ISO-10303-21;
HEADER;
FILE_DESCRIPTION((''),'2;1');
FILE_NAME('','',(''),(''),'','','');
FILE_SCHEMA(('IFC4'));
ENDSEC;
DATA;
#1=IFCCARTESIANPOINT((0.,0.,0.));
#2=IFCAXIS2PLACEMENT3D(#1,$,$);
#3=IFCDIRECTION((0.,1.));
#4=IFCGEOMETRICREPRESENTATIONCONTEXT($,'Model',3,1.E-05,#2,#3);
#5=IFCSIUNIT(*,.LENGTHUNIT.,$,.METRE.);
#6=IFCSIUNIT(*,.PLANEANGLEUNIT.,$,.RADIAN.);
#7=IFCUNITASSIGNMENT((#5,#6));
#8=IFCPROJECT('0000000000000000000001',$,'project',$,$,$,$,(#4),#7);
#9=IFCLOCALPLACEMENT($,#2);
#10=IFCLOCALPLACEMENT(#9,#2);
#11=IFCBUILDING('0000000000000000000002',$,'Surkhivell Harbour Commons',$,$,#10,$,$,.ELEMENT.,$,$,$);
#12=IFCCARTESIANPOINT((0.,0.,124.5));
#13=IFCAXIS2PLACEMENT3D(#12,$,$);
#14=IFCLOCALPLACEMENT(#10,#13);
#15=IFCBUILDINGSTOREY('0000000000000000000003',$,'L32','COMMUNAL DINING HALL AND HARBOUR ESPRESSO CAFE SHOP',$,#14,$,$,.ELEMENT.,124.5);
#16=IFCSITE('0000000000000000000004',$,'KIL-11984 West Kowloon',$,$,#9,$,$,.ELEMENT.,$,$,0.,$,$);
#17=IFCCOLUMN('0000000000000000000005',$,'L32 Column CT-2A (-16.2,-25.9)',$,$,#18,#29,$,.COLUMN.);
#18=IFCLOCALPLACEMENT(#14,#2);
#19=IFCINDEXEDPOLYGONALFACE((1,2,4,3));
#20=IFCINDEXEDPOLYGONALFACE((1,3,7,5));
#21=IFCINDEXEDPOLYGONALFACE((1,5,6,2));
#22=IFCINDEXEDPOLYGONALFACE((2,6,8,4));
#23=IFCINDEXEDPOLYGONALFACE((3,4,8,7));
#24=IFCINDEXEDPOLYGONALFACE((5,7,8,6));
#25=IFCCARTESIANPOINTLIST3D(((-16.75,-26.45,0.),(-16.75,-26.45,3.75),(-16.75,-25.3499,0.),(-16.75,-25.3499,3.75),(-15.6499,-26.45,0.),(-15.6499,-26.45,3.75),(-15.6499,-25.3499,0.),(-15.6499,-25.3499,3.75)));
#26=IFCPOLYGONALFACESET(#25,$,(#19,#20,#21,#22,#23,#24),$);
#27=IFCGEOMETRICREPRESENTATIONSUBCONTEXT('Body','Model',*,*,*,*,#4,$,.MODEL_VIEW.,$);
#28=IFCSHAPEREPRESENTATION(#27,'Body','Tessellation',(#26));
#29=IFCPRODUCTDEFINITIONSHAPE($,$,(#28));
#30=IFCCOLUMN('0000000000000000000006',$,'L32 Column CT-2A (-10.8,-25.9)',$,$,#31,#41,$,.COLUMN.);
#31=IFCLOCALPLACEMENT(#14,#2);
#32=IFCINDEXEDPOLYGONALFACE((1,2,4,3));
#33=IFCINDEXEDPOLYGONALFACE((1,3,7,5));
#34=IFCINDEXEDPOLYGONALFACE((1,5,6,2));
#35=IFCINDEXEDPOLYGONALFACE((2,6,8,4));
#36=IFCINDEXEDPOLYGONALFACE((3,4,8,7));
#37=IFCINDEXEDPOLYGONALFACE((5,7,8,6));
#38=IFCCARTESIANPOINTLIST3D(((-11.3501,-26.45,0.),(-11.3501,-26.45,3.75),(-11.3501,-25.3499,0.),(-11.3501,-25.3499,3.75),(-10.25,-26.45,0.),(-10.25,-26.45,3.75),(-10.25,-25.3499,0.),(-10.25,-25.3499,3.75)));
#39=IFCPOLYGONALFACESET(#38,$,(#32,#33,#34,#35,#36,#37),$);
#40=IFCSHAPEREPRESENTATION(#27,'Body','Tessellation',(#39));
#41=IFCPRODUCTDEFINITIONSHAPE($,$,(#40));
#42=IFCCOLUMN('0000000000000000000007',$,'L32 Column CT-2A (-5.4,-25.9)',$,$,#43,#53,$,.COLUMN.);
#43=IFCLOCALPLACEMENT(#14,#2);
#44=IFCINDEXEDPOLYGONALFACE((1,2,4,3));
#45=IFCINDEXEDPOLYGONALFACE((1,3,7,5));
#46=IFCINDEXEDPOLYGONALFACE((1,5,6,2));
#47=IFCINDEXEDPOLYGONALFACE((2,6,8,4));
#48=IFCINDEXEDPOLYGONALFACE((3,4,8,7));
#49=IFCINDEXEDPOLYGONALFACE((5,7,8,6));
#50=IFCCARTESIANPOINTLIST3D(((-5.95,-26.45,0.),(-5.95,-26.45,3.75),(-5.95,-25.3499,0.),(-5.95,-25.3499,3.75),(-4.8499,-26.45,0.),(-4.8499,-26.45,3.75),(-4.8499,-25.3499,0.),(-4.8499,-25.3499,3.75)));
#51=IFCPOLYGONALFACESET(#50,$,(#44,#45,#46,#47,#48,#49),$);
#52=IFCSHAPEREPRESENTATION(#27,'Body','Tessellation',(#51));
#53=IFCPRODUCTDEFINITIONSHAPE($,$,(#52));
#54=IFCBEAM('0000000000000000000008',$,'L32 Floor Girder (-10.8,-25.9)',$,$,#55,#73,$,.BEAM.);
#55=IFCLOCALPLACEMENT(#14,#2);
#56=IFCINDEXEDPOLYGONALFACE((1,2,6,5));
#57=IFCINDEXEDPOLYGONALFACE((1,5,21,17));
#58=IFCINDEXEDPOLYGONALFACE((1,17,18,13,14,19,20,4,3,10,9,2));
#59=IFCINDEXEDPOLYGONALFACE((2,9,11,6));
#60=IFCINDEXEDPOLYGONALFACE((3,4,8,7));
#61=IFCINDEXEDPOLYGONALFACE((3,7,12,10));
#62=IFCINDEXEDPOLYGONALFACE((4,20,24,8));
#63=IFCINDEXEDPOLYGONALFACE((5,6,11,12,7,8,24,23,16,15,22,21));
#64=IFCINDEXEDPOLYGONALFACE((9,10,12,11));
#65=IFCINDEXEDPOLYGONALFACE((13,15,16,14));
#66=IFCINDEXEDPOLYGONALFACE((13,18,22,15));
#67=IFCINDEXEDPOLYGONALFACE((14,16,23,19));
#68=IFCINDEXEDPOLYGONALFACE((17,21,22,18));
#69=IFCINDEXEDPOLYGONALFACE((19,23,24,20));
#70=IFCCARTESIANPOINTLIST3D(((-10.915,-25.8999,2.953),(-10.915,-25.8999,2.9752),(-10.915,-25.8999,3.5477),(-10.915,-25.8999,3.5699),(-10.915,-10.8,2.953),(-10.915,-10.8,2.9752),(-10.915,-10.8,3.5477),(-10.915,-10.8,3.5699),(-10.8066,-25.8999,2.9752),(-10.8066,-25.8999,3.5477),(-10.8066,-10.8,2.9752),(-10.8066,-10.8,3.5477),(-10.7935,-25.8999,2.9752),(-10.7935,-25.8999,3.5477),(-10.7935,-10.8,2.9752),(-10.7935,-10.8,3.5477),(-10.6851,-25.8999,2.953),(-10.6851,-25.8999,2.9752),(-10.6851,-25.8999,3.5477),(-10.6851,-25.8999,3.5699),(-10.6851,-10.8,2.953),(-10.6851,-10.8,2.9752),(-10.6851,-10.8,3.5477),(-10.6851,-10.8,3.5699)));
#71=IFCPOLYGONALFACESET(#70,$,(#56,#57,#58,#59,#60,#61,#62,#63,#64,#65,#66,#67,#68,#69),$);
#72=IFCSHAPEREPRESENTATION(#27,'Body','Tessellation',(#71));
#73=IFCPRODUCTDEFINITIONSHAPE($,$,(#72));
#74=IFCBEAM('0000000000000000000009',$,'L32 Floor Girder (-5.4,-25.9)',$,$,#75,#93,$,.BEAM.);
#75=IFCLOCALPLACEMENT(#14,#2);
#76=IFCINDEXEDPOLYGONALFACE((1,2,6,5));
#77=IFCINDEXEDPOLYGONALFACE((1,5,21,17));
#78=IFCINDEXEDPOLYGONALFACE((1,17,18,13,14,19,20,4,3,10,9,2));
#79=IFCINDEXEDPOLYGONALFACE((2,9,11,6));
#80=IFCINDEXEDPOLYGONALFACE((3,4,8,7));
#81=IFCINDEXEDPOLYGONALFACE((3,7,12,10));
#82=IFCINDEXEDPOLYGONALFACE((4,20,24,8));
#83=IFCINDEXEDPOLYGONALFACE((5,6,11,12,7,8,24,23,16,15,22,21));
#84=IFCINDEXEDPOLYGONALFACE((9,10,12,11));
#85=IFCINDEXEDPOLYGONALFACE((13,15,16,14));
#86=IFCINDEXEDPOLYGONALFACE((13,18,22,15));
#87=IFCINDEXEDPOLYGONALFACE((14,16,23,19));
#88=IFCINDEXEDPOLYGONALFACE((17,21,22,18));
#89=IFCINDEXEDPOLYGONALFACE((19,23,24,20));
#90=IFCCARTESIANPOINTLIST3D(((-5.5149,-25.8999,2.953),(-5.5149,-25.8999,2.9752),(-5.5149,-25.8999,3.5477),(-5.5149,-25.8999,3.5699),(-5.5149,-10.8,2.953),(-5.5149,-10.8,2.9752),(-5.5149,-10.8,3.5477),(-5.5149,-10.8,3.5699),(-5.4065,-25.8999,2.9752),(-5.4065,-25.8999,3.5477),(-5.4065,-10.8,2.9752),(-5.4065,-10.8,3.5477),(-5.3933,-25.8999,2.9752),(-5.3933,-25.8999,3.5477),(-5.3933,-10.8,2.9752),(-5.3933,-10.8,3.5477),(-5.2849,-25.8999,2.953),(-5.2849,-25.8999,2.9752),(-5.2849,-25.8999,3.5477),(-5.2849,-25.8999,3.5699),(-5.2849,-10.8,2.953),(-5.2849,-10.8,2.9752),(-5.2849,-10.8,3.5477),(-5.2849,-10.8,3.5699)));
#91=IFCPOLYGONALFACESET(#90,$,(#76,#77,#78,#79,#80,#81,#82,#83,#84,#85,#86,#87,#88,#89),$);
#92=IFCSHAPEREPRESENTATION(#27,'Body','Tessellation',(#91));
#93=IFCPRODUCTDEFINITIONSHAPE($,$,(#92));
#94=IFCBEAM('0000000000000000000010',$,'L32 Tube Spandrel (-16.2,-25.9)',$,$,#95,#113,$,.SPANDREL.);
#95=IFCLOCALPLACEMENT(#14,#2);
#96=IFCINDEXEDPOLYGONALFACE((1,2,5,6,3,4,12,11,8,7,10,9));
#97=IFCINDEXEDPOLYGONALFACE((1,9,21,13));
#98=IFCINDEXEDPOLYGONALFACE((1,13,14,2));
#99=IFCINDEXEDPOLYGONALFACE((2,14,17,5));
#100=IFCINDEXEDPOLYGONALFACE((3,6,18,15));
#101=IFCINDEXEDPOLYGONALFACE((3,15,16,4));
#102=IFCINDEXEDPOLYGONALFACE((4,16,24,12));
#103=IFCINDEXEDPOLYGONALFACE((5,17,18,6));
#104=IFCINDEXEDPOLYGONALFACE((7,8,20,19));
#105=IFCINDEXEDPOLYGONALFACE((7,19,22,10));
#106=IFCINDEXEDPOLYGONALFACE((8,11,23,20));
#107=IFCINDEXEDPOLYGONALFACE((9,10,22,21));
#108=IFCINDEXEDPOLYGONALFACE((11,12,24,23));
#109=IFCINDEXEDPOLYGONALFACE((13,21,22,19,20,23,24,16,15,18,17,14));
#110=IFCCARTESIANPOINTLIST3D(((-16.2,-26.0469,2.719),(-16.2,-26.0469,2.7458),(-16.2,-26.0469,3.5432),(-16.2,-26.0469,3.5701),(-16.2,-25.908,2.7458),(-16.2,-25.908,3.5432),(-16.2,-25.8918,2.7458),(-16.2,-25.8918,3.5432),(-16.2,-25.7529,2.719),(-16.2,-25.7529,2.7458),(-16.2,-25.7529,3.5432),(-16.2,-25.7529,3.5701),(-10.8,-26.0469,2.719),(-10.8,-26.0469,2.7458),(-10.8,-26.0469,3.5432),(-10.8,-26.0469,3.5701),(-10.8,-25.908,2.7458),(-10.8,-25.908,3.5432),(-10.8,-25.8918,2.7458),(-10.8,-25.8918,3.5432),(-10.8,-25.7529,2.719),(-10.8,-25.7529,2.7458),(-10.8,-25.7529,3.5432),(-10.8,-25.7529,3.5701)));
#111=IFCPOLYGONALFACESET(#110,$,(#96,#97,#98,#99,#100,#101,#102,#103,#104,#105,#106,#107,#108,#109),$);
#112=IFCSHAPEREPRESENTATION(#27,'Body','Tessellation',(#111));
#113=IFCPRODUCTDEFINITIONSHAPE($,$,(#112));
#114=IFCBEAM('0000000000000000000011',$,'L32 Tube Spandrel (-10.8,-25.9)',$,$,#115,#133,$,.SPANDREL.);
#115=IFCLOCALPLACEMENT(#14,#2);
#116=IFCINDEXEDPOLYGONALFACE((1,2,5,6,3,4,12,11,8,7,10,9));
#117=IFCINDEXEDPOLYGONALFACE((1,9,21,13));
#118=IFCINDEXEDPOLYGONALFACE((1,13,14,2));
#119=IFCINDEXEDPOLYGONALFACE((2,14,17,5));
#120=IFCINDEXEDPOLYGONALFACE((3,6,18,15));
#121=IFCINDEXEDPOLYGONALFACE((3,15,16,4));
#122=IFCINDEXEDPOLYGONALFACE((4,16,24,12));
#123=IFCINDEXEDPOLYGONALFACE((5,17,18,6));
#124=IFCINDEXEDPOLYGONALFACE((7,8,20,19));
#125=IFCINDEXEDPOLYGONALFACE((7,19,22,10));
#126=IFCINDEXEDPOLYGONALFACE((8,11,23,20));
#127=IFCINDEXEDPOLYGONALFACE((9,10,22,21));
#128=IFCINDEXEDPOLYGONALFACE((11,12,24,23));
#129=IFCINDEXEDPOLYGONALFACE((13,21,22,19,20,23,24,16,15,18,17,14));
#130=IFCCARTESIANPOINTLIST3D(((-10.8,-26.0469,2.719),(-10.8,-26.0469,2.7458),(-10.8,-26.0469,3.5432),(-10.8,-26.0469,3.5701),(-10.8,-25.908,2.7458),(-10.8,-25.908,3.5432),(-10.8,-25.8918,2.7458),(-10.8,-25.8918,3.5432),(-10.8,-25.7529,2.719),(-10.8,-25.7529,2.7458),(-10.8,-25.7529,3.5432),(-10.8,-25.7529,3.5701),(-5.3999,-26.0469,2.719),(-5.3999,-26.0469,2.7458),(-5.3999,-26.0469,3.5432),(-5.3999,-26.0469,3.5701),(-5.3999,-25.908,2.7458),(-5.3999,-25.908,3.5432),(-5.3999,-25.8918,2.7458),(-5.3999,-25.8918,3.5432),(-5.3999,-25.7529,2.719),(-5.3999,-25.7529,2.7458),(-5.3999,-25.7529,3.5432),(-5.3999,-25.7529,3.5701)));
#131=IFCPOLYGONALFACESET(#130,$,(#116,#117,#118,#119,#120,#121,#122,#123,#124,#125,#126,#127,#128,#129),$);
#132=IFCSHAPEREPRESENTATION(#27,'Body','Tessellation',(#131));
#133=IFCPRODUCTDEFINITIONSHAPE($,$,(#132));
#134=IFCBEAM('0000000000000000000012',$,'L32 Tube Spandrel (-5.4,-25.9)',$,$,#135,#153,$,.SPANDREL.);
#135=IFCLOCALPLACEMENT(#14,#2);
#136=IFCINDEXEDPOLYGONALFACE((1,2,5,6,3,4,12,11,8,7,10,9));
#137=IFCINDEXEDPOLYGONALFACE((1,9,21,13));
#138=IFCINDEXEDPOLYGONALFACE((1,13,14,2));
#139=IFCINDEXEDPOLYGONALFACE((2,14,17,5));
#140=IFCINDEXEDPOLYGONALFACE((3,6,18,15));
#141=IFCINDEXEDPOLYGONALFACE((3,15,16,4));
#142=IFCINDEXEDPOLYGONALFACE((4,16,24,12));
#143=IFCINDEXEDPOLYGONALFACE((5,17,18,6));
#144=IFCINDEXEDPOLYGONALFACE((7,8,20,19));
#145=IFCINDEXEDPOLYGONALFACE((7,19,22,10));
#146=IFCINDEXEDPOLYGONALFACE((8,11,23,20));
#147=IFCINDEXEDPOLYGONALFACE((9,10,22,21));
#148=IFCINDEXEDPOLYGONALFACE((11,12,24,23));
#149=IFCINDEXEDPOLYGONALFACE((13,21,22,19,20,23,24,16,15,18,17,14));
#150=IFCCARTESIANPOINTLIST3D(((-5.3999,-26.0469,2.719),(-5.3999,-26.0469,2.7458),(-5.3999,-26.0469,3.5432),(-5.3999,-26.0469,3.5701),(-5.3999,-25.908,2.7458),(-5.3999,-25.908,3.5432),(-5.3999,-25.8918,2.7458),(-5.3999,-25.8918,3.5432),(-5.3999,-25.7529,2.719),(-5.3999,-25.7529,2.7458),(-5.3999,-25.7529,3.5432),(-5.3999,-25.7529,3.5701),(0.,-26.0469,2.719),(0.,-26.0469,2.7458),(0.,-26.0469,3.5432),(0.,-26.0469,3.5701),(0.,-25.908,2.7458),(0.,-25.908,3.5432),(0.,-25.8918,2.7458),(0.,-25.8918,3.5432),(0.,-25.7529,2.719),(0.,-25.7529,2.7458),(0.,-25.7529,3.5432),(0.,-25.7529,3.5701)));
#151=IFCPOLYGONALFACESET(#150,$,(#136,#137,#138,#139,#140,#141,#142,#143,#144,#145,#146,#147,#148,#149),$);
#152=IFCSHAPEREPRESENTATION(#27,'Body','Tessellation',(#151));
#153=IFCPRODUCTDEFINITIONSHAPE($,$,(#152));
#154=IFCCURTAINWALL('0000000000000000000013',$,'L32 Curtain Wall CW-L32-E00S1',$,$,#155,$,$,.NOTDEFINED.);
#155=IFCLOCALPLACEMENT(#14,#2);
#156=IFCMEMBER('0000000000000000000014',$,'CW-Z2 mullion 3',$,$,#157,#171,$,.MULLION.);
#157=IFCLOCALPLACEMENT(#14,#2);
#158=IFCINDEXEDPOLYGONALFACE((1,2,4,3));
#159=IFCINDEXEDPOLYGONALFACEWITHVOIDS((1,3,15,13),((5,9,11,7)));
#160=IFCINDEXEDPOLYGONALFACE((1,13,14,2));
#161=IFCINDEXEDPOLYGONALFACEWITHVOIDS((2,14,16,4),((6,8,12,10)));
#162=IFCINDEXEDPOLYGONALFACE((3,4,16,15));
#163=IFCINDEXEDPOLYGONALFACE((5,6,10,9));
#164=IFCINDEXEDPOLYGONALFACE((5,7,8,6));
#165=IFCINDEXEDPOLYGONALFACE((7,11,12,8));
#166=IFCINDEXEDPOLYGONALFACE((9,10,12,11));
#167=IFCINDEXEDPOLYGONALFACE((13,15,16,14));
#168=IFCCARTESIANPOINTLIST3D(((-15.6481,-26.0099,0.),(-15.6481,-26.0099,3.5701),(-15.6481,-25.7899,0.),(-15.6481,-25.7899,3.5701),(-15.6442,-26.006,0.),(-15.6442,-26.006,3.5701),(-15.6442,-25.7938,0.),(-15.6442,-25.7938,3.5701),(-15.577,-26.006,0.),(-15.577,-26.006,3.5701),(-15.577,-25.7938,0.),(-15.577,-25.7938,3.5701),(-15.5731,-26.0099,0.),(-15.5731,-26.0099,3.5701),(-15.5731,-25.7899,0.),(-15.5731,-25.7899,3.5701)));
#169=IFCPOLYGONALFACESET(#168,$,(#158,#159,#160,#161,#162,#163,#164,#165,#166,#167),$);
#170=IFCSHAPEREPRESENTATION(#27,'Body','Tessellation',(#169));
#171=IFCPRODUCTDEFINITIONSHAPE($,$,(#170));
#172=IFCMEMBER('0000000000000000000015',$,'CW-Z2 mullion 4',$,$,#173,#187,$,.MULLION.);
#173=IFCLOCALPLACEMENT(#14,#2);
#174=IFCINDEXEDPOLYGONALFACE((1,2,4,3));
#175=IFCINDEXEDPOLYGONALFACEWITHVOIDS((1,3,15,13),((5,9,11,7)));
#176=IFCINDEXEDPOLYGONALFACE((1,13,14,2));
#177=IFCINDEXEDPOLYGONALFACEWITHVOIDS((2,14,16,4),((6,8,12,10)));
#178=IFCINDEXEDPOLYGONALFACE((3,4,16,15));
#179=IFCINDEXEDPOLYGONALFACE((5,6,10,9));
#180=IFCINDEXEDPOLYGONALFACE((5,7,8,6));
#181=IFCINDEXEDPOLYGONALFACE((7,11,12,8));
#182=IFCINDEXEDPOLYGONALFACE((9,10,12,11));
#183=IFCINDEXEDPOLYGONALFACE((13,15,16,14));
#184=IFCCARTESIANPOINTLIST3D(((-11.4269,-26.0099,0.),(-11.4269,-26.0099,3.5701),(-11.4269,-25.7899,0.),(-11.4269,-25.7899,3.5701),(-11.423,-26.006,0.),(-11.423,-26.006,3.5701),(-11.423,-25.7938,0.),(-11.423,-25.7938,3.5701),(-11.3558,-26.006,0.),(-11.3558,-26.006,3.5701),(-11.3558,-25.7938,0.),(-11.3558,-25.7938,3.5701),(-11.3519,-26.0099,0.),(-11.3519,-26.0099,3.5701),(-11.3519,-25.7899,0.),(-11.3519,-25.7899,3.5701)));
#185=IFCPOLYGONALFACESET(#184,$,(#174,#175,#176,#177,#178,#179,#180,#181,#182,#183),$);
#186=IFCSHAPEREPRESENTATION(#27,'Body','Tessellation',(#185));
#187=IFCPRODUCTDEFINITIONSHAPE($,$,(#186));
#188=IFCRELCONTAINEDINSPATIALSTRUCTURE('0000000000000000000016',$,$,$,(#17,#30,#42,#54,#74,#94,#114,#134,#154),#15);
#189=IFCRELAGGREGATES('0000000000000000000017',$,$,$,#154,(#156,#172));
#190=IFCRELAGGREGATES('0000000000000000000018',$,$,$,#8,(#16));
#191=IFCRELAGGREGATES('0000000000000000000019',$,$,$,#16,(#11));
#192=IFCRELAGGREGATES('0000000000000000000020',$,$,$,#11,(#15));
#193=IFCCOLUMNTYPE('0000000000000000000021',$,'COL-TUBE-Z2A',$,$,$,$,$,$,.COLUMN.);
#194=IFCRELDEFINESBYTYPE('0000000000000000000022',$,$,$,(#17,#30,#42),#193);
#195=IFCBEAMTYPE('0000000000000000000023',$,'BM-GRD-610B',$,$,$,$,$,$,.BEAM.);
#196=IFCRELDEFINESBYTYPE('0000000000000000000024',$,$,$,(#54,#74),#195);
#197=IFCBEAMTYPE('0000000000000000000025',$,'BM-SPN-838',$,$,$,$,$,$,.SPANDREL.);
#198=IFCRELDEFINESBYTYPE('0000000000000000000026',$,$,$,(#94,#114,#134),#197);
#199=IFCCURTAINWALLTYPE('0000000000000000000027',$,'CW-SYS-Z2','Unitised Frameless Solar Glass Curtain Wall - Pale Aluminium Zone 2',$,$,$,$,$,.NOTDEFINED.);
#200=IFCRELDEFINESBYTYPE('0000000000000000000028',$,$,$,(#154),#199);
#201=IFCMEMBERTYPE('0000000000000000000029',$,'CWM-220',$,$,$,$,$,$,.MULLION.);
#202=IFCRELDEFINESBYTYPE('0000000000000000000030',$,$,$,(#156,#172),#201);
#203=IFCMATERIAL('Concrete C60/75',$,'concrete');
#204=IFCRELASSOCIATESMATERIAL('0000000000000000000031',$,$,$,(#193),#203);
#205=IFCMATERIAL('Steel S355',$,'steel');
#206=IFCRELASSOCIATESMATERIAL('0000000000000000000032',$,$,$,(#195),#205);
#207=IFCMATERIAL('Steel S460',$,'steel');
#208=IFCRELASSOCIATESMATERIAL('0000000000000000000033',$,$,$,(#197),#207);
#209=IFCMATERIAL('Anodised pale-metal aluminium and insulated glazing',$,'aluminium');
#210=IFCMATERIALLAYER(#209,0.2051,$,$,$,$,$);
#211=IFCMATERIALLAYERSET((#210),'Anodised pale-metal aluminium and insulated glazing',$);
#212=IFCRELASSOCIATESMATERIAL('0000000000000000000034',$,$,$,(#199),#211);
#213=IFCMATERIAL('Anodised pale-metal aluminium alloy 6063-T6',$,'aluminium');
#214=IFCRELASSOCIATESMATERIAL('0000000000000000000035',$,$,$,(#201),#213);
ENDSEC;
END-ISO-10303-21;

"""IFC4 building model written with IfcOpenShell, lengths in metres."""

from ifc_helpers import new_model, si_unit, direction, frame, origin, origin_2d, place, context, subcontext, project, spatial, rectangle, hollow_rectangle, i_section, extrude, material, layer, layer_set, material_profile, profile_set, type_object, element, aggregate, save


model = new_model("IFC4")

# Units and contexts
model_context = context("Model", 3, precision=1e-05, world=origin(), true_north=direction((0.0, 1.0)))
body_context = subcontext(model_context, "Body", "Model", "MODEL_VIEW")
ifc_project = project(units=[si_unit("LENGTHUNIT", "METRE"), si_unit("PLANEANGLEUNIT", "RADIAN")], contexts=[model_context])

# Site, building, storey
site_placement = place(None, origin())
site = spatial("IfcSite", under=ifc_project, at=site_placement, Name="KIL-11984 West Kowloon", CompositionType="ELEMENT", RefElevation=0.0)
building_placement = place(site_placement, origin())
building = spatial("IfcBuilding", under=site, at=building_placement, Name="Surkhivell Harbour Commons", CompositionType="ELEMENT")
storey_placement = place(building_placement, frame((0.0, 0.0, 124.5)))
storey = spatial("IfcBuildingStorey", under=building, at=storey_placement, Name="L32", Description="COMMUNAL DINING HALL AND HARBOUR ESPRESSO CAFE SHOP", CompositionType="ELEMENT", Elevation=124.5)

# Columns
ifc_material_1 = material(Name="Concrete C60/75", Category="concrete")
ifc_material_profile_1 = material_profile(ifc_material_1, rectangle(XDim=1.1001, YDim=1.1001, at=origin_2d()), Name="RC-COL-1100x1100")
ifc_profile_set_1 = profile_set([ifc_material_profile_1], Name="Concrete C60/75")
column_type = type_object("IfcColumnType", Name="COL-TUBE-Z2A", PredefinedType="COLUMN", material=ifc_profile_set_1)
for number, where, z_axis, x_axis, name in (
    (1, (-16.2, -25.8999, 0.0), (0.0, 0.0, 1.0), (1.0, 0.0, 0.0), "L32 Column CT-2A (-16.2,-25.9)"),
    (2, (-10.8, -25.8999, 0.0), (0.0, 0.0, 1.0), (1.0, 0.0, 0.0), "L32 Column CT-2A (-10.8,-25.9)"),
    (3, (-5.3999, -25.8999, 0.0), (0.0, 0.0, 1.0), (1.0, 0.0, 0.0), "L32 Column CT-2A (-5.4,-25.9)"),
):
    element("IfcColumn", number, at=place(storey_placement, frame(where, z_axis=z_axis, x_axis=x_axis)), inside=storey, type_object=column_type, Name=name, PredefinedType="COLUMN", context=body_context, shape_type="SweptSolid", body=[
        extrude(rectangle(XDim=1.1001, YDim=1.1001, at=origin_2d()), origin(), (0.0, 0.0, 1.0), 3.75),
    ])

# Beams
ifc_material_2 = material(Name="Steel S355", Category="steel")
ifc_material_profile_2 = material_profile(ifc_material_2, i_section(OverallWidth=0.23, OverallDepth=0.6169, WebThickness=0.0132, FlangeThickness=0.0222, at=origin_2d()), Name="UB610x229x140")
ifc_profile_set_2 = profile_set([ifc_material_profile_2], Name="Steel S355")
beam_type_1 = type_object("IfcBeamType", Name="BM-GRD-610B", PredefinedType="BEAM", material=ifc_profile_set_2)
for number, where, z_axis, x_axis, name in (
    (4, (-10.8, -25.8999, 3.2615), (0.0, 1.0, 0.0), (-1.0, 0.0, 0.0), "L32 Floor Girder (-10.8,-25.9)"),
    (5, (-5.3999, -25.8999, 3.2615), (0.0, 1.0, 0.0), (-1.0, 0.0, 0.0), "L32 Floor Girder (-5.4,-25.9)"),
):
    element("IfcBeam", number, at=place(storey_placement, frame(where, z_axis=z_axis, x_axis=x_axis)), inside=storey, type_object=beam_type_1, Name=name, PredefinedType="BEAM", context=body_context, shape_type="SweptSolid", body=[
        extrude(i_section(OverallWidth=0.23, OverallDepth=0.6169, WebThickness=0.0132, FlangeThickness=0.0222, at=origin_2d()), origin(), (0.0, 0.0, 1.0), 15.0999),
    ])
ifc_material_3 = material(Name="Steel S460", Category="steel")
ifc_material_profile_3 = material_profile(ifc_material_3, i_section(OverallWidth=0.2939, OverallDepth=0.8511, WebThickness=0.0161, FlangeThickness=0.0269, at=origin_2d()), Name="UB838x292x226")
ifc_profile_set_3 = profile_set([ifc_material_profile_3], Name="Steel S460")
beam_type_2 = type_object("IfcBeamType", Name="BM-SPN-838", PredefinedType="SPANDREL", material=ifc_profile_set_3)
beam_1_placement = place(storey_placement, frame((-16.2, -25.8999, 3.1445), z_axis=(1.0, 0.0, 0.0), x_axis=(0.0, 1.0, 0.0)))
element("IfcBeam", 6, at=beam_1_placement, inside=storey, type_object=beam_type_2, Name="L32 Tube Spandrel (-16.2,-25.9)", PredefinedType="SPANDREL", context=body_context, shape_type="SweptSolid", body=[
    extrude(i_section(OverallWidth=0.2939, OverallDepth=0.8511, WebThickness=0.0161, FlangeThickness=0.0269, at=origin_2d()), origin(), (0.0, 0.0, 1.0), 5.3999),
])
beam_2_placement = place(storey_placement, frame((-10.8, -25.8999, 3.1445), z_axis=(1.0, 0.0, 0.0), x_axis=(0.0, 1.0, 0.0)))
element("IfcBeam", 7, at=beam_2_placement, inside=storey, type_object=beam_type_2, Name="L32 Tube Spandrel (-10.8,-25.9)", PredefinedType="SPANDREL", context=body_context, shape_type="SweptSolid", body=[
    extrude(i_section(OverallWidth=0.2939, OverallDepth=0.8511, WebThickness=0.0161, FlangeThickness=0.0269, at=origin_2d()), origin(), (0.0, 0.0, 1.0), 5.4001),
])
beam_3_placement = place(storey_placement, frame((-5.3999, -25.8999, 3.1445), z_axis=(1.0, 0.0, 0.0), x_axis=(0.0, 1.0, 0.0)))
element("IfcBeam", 8, at=beam_3_placement, inside=storey, type_object=beam_type_2, Name="L32 Tube Spandrel (-5.4,-25.9)", PredefinedType="SPANDREL", context=body_context, shape_type="SweptSolid", body=[
    extrude(i_section(OverallWidth=0.2939, OverallDepth=0.8511, WebThickness=0.0161, FlangeThickness=0.0269, at=origin_2d()), origin(), (0.0, 0.0, 1.0), 5.3999),
])

# Curtain wall, members
ifc_material_4 = material(Name="Anodised pale-metal aluminium and insulated glazing", Category="aluminium")
ifc_layer_1 = layer(ifc_material_4, 0.2051)
ifc_layer_set_1 = layer_set([ifc_layer_1], Name="Anodised pale-metal aluminium and insulated glazing")
curtain_wall_type = type_object("IfcCurtainWallType", Name="CW-SYS-Z2", Description="Unitised Frameless Solar Glass Curtain Wall - Pale Aluminium Zone 2", PredefinedType="NOTDEFINED", material=ifc_layer_set_1)
curtain_wall_1_placement = place(storey_placement, origin())
curtain_wall_1 = element("IfcCurtainWall", 9, at=curtain_wall_1_placement, inside=storey, type_object=curtain_wall_type, Name="L32 Curtain Wall CW-L32-E00S1", PredefinedType="NOTDEFINED")
ifc_material_5 = material(Name="Anodised pale-metal aluminium alloy 6063-T6", Category="aluminium")
ifc_material_profile_4 = material_profile(ifc_material_5, hollow_rectangle(XDim=0.075, YDim=0.22, WallThickness=0.0039, at=origin_2d()), Name="ALU-MULL-75x220")
ifc_profile_set_4 = profile_set([ifc_material_profile_4], Name="Anodised pale-metal aluminium alloy 6063-T6")
member_type_1 = type_object("IfcMemberType", Name="CWM-220", PredefinedType="MULLION", material=ifc_profile_set_4)
member_1_placement = place(storey_placement, frame((-15.6106, -25.8999, 0.0), z_axis=(0.0, 0.0, 1.0), x_axis=(1.0, 0.0, 0.0)))
member_1 = element("IfcMember", 10, at=member_1_placement, type_object=member_type_1, Name="CW-Z2 mullion 3", PredefinedType="MULLION", context=body_context, shape_type="SweptSolid", body=[
    extrude(hollow_rectangle(XDim=0.075, YDim=0.22, WallThickness=0.0039, at=origin_2d()), origin(), (0.0, 0.0, 1.0), 3.5701),
])
member_2_placement = place(storey_placement, frame((-11.3894, -25.8999, 0.0), z_axis=(0.0, 0.0, 1.0), x_axis=(1.0, 0.0, 0.0)))
member_2 = element("IfcMember", 11, at=member_2_placement, type_object=member_type_1, Name="CW-Z2 mullion 4", PredefinedType="MULLION", context=body_context, shape_type="SweptSolid", body=[
    extrude(hollow_rectangle(XDim=0.075, YDim=0.22, WallThickness=0.0039, at=origin_2d()), origin(), (0.0, 0.0, 1.0), 3.5701),
])

aggregate(curtain_wall_1, [member_1, member_2])

save(model, "model.ifc")
